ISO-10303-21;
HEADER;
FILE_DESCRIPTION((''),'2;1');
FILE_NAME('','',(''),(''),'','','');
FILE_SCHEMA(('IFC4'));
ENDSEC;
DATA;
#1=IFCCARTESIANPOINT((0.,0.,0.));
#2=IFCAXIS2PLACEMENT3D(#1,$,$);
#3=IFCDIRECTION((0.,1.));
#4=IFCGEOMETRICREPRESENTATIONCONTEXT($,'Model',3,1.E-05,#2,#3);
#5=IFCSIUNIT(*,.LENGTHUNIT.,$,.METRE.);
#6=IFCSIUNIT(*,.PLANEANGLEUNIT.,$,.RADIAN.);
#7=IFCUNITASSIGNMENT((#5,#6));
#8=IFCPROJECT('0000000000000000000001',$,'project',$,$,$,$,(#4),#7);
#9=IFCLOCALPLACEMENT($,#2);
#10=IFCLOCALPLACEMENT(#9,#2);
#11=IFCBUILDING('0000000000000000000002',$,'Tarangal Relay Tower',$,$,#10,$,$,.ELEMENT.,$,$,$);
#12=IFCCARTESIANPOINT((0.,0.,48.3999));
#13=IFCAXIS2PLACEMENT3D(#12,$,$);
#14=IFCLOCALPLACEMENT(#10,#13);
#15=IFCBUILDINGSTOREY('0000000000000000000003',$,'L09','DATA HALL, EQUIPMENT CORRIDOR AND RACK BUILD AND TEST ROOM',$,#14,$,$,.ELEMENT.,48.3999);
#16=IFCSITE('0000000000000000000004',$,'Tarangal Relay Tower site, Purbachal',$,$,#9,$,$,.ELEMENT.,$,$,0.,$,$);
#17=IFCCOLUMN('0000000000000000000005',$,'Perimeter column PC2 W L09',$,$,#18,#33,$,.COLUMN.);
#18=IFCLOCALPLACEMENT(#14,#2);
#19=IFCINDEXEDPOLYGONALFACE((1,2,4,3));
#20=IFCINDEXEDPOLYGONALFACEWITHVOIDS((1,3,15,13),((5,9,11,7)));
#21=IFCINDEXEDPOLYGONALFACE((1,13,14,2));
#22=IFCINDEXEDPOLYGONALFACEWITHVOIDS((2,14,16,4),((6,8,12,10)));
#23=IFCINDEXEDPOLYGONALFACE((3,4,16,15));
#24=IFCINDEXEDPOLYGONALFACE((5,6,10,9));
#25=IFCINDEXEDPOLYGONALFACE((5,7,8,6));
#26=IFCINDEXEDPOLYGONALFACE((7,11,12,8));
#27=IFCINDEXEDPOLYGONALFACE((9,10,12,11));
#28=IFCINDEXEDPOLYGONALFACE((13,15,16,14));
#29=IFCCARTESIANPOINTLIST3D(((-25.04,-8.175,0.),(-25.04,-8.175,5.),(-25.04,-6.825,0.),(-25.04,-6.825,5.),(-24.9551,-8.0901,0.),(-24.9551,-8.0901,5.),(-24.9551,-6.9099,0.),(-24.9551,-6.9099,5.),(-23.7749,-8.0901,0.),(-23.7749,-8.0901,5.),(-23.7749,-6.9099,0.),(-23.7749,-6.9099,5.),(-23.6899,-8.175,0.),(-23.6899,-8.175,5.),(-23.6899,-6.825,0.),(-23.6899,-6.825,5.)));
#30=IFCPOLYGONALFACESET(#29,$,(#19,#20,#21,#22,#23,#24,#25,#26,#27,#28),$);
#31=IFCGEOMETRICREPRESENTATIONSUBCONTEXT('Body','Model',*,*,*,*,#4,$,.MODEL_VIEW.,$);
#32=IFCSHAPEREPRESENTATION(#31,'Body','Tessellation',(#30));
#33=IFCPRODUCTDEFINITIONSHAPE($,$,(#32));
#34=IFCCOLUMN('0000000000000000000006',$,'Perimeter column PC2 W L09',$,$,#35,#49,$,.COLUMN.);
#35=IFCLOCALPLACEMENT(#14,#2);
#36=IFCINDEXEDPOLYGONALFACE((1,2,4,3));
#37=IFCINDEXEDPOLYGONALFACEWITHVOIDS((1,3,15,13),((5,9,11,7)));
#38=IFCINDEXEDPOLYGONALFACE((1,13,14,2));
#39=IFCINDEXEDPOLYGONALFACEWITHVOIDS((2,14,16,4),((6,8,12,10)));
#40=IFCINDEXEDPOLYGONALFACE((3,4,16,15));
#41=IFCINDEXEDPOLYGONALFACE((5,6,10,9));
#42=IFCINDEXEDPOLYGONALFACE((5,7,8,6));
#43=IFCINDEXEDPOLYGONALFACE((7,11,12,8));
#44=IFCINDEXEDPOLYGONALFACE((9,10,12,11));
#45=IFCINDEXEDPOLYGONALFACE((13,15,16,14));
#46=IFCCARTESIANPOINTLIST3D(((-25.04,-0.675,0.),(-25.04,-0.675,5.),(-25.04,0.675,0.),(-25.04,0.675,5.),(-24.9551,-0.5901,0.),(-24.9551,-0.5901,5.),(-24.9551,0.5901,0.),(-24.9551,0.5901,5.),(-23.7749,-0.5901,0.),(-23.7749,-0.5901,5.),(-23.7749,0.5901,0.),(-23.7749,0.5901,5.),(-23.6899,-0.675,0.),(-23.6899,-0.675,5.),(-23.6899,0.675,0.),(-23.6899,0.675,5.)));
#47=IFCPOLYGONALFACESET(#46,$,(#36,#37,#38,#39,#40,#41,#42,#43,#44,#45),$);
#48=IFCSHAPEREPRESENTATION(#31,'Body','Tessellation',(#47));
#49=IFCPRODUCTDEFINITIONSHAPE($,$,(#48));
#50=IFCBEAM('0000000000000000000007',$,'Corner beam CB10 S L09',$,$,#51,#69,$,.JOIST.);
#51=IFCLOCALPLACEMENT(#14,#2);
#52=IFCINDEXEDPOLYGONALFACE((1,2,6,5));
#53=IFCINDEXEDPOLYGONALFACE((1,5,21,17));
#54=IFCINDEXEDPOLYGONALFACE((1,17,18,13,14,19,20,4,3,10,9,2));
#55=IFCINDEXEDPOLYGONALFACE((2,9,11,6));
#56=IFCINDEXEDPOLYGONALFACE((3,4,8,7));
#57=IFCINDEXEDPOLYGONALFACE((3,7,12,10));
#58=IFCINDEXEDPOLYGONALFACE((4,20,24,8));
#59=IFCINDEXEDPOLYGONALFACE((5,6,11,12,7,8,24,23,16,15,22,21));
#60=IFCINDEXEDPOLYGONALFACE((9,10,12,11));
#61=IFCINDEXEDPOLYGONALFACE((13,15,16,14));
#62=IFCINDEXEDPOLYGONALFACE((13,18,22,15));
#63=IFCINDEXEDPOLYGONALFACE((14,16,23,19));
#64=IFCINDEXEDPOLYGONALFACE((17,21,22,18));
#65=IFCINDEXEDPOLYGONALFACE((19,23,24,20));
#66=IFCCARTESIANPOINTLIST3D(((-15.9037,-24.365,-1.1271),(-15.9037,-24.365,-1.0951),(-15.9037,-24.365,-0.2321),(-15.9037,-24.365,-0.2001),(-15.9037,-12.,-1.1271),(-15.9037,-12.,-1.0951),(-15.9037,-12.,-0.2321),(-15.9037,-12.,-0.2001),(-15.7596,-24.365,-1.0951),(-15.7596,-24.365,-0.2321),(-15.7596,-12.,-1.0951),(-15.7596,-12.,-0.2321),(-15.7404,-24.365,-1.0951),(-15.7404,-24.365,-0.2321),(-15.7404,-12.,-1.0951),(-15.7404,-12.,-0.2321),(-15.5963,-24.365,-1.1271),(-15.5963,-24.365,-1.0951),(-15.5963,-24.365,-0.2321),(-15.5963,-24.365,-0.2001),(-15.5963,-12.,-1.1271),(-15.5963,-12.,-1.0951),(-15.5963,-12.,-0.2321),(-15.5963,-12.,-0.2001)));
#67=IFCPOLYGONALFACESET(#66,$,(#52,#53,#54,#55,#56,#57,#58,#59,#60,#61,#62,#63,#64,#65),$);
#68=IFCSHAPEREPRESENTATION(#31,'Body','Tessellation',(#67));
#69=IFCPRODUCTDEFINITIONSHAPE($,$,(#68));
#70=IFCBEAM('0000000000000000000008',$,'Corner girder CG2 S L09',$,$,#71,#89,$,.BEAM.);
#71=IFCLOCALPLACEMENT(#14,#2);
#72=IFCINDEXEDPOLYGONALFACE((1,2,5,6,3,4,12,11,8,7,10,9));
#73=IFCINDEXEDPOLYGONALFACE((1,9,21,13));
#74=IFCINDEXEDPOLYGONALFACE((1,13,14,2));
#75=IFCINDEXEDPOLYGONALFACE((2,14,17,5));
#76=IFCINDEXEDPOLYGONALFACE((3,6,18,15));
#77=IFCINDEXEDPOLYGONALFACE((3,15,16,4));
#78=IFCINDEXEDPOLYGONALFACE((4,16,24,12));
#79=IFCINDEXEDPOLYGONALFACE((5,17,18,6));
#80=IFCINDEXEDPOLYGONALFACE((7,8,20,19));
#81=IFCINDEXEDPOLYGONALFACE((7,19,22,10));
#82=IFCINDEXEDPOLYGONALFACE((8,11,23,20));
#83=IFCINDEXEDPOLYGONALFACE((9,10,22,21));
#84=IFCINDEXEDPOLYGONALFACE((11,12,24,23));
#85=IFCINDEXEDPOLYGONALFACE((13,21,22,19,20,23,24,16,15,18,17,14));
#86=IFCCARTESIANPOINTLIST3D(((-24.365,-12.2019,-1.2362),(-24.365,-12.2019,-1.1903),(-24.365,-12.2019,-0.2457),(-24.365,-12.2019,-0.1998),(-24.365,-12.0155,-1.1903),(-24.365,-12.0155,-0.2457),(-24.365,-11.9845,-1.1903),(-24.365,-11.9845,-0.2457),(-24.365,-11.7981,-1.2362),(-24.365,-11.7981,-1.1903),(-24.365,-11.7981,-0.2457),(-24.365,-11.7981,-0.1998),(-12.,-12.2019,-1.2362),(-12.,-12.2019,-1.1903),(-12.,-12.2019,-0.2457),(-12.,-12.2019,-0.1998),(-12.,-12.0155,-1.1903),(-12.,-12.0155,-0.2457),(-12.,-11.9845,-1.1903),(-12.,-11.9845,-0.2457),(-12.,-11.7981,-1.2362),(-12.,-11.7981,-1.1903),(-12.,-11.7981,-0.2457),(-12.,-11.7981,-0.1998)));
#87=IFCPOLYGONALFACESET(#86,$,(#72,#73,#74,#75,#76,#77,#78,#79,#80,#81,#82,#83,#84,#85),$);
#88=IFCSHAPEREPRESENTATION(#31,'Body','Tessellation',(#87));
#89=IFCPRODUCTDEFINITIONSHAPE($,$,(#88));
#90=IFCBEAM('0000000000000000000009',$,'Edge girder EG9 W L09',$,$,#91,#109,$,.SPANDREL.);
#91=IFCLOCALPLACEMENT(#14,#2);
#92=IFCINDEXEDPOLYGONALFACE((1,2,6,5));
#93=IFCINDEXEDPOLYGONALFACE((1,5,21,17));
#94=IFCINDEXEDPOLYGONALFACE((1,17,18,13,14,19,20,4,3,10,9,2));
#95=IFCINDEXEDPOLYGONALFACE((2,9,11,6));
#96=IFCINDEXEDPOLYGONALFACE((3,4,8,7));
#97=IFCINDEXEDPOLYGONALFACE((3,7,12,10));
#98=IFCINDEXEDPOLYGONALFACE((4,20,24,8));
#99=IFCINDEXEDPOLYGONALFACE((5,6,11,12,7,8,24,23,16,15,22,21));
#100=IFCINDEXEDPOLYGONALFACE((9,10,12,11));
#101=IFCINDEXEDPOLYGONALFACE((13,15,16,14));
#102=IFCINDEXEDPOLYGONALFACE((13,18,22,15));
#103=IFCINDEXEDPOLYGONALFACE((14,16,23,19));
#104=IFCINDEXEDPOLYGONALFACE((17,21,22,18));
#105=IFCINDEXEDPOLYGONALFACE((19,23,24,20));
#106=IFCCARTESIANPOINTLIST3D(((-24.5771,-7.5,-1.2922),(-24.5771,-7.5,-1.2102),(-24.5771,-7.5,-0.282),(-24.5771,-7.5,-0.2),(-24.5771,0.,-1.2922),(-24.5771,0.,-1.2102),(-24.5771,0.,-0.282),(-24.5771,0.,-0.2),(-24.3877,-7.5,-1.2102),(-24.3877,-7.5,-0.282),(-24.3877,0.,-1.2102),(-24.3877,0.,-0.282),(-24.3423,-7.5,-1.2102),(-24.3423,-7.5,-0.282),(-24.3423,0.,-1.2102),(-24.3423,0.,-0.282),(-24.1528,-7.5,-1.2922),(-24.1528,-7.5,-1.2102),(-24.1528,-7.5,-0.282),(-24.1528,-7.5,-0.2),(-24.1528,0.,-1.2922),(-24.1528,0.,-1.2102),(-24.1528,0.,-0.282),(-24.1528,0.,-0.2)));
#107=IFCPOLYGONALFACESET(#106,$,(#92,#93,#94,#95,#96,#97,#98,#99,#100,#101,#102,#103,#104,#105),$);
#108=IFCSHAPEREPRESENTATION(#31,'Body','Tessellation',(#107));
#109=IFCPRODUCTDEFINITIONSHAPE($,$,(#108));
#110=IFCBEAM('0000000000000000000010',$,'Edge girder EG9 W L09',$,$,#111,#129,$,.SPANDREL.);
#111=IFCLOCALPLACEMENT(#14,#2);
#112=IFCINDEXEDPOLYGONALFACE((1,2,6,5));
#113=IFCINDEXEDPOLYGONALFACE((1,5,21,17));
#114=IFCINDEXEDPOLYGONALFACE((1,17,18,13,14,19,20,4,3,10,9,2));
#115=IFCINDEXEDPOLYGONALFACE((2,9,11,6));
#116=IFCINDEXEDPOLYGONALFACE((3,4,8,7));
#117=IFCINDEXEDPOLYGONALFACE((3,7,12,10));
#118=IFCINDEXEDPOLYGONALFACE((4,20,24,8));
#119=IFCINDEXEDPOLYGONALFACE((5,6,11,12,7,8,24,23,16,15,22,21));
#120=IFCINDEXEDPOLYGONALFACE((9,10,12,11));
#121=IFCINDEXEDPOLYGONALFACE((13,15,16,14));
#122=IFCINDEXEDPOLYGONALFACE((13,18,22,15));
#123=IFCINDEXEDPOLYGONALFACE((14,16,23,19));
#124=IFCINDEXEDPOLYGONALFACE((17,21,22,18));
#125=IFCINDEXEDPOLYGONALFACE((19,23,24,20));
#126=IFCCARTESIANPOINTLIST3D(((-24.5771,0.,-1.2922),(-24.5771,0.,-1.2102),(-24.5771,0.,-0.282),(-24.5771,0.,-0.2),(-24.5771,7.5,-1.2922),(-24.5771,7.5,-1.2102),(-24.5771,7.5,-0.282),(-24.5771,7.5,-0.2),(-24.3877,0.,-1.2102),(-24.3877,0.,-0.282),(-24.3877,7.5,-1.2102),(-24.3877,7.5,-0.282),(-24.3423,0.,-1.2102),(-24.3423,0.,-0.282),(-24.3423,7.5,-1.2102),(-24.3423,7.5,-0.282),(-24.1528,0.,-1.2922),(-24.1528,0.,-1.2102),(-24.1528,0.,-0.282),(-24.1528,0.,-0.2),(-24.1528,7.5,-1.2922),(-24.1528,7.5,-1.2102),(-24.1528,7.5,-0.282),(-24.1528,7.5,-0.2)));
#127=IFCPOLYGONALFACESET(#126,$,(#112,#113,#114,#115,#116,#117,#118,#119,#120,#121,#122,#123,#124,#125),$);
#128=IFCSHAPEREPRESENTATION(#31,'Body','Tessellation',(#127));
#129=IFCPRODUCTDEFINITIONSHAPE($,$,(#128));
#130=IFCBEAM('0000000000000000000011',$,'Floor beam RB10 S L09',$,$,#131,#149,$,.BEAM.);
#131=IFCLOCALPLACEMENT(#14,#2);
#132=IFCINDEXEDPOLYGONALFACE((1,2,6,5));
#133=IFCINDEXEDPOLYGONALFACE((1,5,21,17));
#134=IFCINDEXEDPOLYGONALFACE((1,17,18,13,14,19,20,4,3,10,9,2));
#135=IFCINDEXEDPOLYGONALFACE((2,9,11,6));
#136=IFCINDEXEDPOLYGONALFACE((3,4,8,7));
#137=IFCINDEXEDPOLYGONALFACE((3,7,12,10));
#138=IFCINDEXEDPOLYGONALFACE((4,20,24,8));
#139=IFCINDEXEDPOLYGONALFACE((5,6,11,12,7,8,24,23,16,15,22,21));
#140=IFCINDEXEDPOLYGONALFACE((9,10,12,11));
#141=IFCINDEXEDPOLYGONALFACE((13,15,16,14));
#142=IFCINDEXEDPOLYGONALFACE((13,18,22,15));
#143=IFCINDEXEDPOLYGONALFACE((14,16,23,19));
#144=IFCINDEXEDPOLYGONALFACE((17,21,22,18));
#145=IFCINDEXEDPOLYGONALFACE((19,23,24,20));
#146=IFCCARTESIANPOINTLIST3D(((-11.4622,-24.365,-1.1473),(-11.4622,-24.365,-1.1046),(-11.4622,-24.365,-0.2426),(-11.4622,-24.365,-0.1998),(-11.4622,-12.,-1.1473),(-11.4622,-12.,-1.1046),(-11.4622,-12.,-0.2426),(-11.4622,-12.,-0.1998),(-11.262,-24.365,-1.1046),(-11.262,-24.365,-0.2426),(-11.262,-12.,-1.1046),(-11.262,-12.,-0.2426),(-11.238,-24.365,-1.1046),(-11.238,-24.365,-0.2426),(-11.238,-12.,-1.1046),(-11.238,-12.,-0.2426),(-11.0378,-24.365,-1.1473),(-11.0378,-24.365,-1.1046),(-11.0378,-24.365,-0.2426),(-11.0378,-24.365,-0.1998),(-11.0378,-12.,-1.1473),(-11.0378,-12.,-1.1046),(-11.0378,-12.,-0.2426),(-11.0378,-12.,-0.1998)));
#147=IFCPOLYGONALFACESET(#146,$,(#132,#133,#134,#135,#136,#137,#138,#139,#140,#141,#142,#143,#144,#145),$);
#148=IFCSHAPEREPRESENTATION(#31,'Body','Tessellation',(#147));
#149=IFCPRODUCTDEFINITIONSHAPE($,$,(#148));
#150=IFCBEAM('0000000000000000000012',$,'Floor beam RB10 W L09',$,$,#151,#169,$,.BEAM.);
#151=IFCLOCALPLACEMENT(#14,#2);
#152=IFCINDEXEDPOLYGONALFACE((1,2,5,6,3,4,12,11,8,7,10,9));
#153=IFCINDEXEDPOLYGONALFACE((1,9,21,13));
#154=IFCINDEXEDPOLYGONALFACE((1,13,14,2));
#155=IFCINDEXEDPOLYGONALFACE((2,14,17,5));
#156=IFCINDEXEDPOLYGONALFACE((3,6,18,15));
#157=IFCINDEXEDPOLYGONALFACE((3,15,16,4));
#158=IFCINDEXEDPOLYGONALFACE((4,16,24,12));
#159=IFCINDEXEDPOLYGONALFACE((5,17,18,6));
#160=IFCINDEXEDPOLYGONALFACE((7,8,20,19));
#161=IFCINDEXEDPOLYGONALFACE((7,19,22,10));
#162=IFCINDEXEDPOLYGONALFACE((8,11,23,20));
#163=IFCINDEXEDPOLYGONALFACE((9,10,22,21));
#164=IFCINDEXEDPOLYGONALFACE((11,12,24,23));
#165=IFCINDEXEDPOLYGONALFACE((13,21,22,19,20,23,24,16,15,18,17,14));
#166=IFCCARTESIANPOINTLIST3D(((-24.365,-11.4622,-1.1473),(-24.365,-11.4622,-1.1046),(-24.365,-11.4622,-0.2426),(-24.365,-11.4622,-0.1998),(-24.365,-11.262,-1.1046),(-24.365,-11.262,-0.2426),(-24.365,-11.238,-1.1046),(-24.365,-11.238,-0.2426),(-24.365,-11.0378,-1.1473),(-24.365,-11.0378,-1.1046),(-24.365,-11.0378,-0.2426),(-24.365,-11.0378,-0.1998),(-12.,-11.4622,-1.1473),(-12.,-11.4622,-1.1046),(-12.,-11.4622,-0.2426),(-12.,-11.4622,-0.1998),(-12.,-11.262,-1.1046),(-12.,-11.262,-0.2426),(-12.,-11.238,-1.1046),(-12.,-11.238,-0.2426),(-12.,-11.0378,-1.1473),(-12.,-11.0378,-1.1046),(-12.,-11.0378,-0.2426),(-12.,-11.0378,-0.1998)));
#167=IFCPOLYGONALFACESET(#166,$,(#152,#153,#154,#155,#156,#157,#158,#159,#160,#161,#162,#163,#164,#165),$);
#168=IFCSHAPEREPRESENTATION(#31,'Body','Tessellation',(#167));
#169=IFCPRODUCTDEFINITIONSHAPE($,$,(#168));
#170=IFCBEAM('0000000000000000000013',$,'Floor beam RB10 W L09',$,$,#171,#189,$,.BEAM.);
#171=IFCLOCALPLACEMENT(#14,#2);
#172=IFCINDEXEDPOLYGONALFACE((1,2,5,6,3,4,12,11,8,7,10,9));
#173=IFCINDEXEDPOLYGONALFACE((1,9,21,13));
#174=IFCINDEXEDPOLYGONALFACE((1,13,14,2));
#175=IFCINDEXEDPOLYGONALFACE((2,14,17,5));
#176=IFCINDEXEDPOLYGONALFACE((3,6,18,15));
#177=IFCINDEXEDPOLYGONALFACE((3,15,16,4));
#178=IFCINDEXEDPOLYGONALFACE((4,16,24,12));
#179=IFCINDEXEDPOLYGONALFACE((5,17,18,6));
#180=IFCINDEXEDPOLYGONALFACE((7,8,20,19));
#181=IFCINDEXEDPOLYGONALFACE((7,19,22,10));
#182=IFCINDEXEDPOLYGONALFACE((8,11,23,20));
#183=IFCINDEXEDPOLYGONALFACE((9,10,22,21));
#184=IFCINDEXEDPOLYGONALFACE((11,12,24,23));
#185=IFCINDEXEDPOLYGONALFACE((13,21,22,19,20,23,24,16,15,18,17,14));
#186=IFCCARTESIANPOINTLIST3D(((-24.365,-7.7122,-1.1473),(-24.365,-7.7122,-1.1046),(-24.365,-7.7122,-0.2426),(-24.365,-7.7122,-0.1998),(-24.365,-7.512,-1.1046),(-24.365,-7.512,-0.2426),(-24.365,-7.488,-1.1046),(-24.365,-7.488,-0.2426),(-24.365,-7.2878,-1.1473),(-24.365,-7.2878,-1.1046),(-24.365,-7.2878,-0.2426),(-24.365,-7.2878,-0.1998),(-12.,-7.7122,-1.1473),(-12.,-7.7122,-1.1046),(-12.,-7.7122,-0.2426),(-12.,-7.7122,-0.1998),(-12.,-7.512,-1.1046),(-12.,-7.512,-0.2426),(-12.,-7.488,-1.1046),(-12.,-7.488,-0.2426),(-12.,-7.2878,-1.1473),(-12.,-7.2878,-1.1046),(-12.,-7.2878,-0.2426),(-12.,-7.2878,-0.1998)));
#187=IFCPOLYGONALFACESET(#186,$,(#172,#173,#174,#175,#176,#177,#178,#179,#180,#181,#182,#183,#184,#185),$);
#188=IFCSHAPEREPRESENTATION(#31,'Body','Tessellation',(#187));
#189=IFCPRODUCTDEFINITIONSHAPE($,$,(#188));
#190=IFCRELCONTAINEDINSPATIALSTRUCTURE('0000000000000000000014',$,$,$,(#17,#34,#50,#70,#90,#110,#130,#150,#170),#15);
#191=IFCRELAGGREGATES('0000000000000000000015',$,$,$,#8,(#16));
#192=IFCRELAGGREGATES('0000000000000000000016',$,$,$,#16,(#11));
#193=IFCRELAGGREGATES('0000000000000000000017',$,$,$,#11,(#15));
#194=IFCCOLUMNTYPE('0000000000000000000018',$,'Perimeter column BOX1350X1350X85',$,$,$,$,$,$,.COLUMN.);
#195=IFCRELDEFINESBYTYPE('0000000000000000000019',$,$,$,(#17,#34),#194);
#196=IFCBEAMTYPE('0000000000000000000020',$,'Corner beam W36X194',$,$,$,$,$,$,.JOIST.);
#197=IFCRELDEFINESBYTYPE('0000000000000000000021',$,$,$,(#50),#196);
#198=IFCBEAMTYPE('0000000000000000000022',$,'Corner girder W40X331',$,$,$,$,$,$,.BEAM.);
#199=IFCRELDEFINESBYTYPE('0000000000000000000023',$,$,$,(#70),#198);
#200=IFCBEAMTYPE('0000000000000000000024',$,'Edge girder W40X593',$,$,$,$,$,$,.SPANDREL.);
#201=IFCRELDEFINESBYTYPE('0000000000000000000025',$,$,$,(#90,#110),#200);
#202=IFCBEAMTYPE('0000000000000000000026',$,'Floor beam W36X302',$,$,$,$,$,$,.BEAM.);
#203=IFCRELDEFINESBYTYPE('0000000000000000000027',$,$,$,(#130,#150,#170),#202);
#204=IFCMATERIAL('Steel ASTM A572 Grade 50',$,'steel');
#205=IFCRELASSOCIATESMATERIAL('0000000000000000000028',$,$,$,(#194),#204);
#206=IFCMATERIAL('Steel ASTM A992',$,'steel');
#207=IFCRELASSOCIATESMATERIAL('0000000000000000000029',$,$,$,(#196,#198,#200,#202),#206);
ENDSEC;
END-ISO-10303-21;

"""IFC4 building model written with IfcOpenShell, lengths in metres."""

from ifc_helpers import new_model, si_unit, direction, frame, origin, origin_2d, place, context, subcontext, project, spatial, hollow_rectangle, i_section, extrude, material, material_profile, profile_set, type_object, element, save


model = new_model("IFC4")

# Units and contexts
model_context = context("Model", 3, precision=1e-05, world=origin(), true_north=direction((0.0, 1.0)))
body_context = subcontext(model_context, "Body", "Model", "MODEL_VIEW")
ifc_project = project(units=[si_unit("LENGTHUNIT", "METRE"), si_unit("PLANEANGLEUNIT", "RADIAN")], contexts=[model_context])

# Site, building, storey
site_placement = place(None, origin())
site = spatial("IfcSite", under=ifc_project, at=site_placement, Name="Tarangal Relay Tower site, Purbachal", CompositionType="ELEMENT", RefElevation=0.0)
building_placement = place(site_placement, origin())
building = spatial("IfcBuilding", under=site, at=building_placement, Name="Tarangal Relay Tower", CompositionType="ELEMENT")
storey_placement = place(building_placement, frame((0.0, 0.0, 48.3999)))
storey = spatial("IfcBuildingStorey", under=building, at=storey_placement, Name="L09", Description="DATA HALL, EQUIPMENT CORRIDOR AND RACK BUILD AND TEST ROOM", CompositionType="ELEMENT", Elevation=48.3999)

# Columns
ifc_material_1 = material(Name="Steel ASTM A572 Grade 50", Category="steel")
ifc_material_profile_1 = material_profile(ifc_material_1, hollow_rectangle(XDim=1.3501, YDim=1.3501, WallThickness=0.085, at=origin_2d()), Name="BOX1350X1350X85")
ifc_profile_set_1 = profile_set([ifc_material_profile_1], Name="Steel ASTM A572 Grade 50")
column_type = type_object("IfcColumnType", Name="Perimeter column BOX1350X1350X85", PredefinedType="COLUMN", material=ifc_profile_set_1)
for number, where, z_axis, x_axis, name in (
    (1, (-24.365, -7.5, 0.0), (0.0, 0.0, 1.0), (1.0, 0.0, 0.0), "Perimeter column PC2 W L09"),
    (2, (-24.365, 0.0, 0.0), (0.0, 0.0, 1.0), (1.0, 0.0, 0.0), "Perimeter column PC2 W L09"),
):
    element("IfcColumn", number, at=place(storey_placement, frame(where, z_axis=z_axis, x_axis=x_axis)), inside=storey, type_object=column_type, Name=name, PredefinedType="COLUMN", context=body_context, shape_type="SweptSolid", body=[
        extrude(hollow_rectangle(XDim=1.3501, YDim=1.3501, WallThickness=0.085, at=origin_2d()), origin(), (0.0, 0.0, 1.0), 5.0),
    ])

# Beams
ifc_material_2 = material(Name="Steel ASTM A992", Category="steel")
ifc_material_profile_2 = material_profile(ifc_material_2, i_section(OverallWidth=0.3074, OverallDepth=0.927, WebThickness=0.0193, FlangeThickness=0.032, at=origin_2d()), Name="W36X194")
ifc_profile_set_2 = profile_set([ifc_material_profile_2], Name="Steel ASTM A992")
beam_type_1 = type_object("IfcBeamType", Name="Corner beam W36X194", PredefinedType="JOIST", material=ifc_profile_set_2)
beam_1_placement = place(storey_placement, frame((-15.75, -12.0, -0.6636), z_axis=(0.0, -1.0, 0.0), x_axis=(1.0, 0.0, 0.0)))
element("IfcBeam", 3, at=beam_1_placement, inside=storey, type_object=beam_type_1, Name="Corner beam CB10 S L09", PredefinedType="JOIST", context=body_context, shape_type="SweptSolid", body=[
    extrude(i_section(OverallWidth=0.3074, OverallDepth=0.927, WebThickness=0.0193, FlangeThickness=0.032, at=origin_2d()), origin(), (0.0, 0.0, 1.0), 12.365),
])
ifc_material_profile_3 = material_profile(ifc_material_2, i_section(OverallWidth=0.4038, OverallDepth=1.0364, WebThickness=0.031, FlangeThickness=0.0459, at=origin_2d()), Name="W40X331")
ifc_profile_set_3 = profile_set([ifc_material_profile_3], Name="Steel ASTM A992")
beam_type_2 = type_object("IfcBeamType", Name="Corner girder W40X331", PredefinedType="BEAM", material=ifc_profile_set_3)
beam_2_placement = place(storey_placement, frame((-12.0, -12.0, -0.718), z_axis=(-1.0, 0.0, 0.0), x_axis=(0.0, -1.0, 0.0)))
element("IfcBeam", 4, at=beam_2_placement, inside=storey, type_object=beam_type_2, Name="Corner girder CG2 S L09", PredefinedType="BEAM", context=body_context, shape_type="SweptSolid", body=[
    extrude(i_section(OverallWidth=0.4038, OverallDepth=1.0364, WebThickness=0.031, FlangeThickness=0.0459, at=origin_2d()), origin(), (0.0, 0.0, 1.0), 12.365),
])
ifc_material_profile_4 = material_profile(ifc_material_2, i_section(OverallWidth=0.4243, OverallDepth=1.0923, WebThickness=0.0454, FlangeThickness=0.082, at=origin_2d()), Name="W40X593")
ifc_profile_set_4 = profile_set([ifc_material_profile_4], Name="Steel ASTM A992")
beam_type_3 = type_object("IfcBeamType", Name="Edge girder W40X593", PredefinedType="SPANDREL", material=ifc_profile_set_4)
for number, where, z_axis, x_axis, name in (
    (5, (-24.365, -7.5, -0.7461), (0.0, 1.0, 0.0), (-1.0, 0.0, 0.0), "Edge girder EG9 W L09"),
    (6, (-24.365, 0.0, -0.7461), (0.0, 1.0, 0.0), (-1.0, 0.0, 0.0), "Edge girder EG9 W L09"),
):
    element("IfcBeam", number, at=place(storey_placement, frame(where, z_axis=z_axis, x_axis=x_axis)), inside=storey, type_object=beam_type_3, Name=name, PredefinedType="SPANDREL", context=body_context, shape_type="SweptSolid", body=[
        extrude(i_section(OverallWidth=0.4243, OverallDepth=1.0923, WebThickness=0.0454, FlangeThickness=0.082, at=origin_2d()), origin(), (0.0, 0.0, 1.0), 7.5),
    ])
ifc_material_profile_5 = material_profile(ifc_material_2, i_section(OverallWidth=0.4243, OverallDepth=0.9475, WebThickness=0.0239, FlangeThickness=0.0427, at=origin_2d()), Name="W36X302")
ifc_profile_set_5 = profile_set([ifc_material_profile_5], Name="Steel ASTM A992")
beam_type_4 = type_object("IfcBeamType", Name="Floor beam W36X302", PredefinedType="BEAM", material=ifc_profile_set_5)
for number, where, z_axis, x_axis, name in (
    (7, (-11.25, -12.0, -0.6736), (0.0, -1.0, 0.0), (1.0, 0.0, 0.0), "Floor beam RB10 S L09"),
    (8, (-12.0, -11.25, -0.6736), (-1.0, 0.0, 0.0), (0.0, -1.0, 0.0), "Floor beam RB10 W L09"),
    (9, (-12.0, -7.5, -0.6736), (-1.0, 0.0, 0.0), (0.0, -1.0, 0.0), "Floor beam RB10 W L09"),
):
    element("IfcBeam", number, at=place(storey_placement, frame(where, z_axis=z_axis, x_axis=x_axis)), inside=storey, type_object=beam_type_4, Name=name, PredefinedType="BEAM", context=body_context, shape_type="SweptSolid", body=[
        extrude(i_section(OverallWidth=0.4243, OverallDepth=0.9475, WebThickness=0.0239, FlangeThickness=0.0427, at=origin_2d()), origin(), (0.0, 0.0, 1.0), 12.365),
    ])

save(model, "model.ifc")
